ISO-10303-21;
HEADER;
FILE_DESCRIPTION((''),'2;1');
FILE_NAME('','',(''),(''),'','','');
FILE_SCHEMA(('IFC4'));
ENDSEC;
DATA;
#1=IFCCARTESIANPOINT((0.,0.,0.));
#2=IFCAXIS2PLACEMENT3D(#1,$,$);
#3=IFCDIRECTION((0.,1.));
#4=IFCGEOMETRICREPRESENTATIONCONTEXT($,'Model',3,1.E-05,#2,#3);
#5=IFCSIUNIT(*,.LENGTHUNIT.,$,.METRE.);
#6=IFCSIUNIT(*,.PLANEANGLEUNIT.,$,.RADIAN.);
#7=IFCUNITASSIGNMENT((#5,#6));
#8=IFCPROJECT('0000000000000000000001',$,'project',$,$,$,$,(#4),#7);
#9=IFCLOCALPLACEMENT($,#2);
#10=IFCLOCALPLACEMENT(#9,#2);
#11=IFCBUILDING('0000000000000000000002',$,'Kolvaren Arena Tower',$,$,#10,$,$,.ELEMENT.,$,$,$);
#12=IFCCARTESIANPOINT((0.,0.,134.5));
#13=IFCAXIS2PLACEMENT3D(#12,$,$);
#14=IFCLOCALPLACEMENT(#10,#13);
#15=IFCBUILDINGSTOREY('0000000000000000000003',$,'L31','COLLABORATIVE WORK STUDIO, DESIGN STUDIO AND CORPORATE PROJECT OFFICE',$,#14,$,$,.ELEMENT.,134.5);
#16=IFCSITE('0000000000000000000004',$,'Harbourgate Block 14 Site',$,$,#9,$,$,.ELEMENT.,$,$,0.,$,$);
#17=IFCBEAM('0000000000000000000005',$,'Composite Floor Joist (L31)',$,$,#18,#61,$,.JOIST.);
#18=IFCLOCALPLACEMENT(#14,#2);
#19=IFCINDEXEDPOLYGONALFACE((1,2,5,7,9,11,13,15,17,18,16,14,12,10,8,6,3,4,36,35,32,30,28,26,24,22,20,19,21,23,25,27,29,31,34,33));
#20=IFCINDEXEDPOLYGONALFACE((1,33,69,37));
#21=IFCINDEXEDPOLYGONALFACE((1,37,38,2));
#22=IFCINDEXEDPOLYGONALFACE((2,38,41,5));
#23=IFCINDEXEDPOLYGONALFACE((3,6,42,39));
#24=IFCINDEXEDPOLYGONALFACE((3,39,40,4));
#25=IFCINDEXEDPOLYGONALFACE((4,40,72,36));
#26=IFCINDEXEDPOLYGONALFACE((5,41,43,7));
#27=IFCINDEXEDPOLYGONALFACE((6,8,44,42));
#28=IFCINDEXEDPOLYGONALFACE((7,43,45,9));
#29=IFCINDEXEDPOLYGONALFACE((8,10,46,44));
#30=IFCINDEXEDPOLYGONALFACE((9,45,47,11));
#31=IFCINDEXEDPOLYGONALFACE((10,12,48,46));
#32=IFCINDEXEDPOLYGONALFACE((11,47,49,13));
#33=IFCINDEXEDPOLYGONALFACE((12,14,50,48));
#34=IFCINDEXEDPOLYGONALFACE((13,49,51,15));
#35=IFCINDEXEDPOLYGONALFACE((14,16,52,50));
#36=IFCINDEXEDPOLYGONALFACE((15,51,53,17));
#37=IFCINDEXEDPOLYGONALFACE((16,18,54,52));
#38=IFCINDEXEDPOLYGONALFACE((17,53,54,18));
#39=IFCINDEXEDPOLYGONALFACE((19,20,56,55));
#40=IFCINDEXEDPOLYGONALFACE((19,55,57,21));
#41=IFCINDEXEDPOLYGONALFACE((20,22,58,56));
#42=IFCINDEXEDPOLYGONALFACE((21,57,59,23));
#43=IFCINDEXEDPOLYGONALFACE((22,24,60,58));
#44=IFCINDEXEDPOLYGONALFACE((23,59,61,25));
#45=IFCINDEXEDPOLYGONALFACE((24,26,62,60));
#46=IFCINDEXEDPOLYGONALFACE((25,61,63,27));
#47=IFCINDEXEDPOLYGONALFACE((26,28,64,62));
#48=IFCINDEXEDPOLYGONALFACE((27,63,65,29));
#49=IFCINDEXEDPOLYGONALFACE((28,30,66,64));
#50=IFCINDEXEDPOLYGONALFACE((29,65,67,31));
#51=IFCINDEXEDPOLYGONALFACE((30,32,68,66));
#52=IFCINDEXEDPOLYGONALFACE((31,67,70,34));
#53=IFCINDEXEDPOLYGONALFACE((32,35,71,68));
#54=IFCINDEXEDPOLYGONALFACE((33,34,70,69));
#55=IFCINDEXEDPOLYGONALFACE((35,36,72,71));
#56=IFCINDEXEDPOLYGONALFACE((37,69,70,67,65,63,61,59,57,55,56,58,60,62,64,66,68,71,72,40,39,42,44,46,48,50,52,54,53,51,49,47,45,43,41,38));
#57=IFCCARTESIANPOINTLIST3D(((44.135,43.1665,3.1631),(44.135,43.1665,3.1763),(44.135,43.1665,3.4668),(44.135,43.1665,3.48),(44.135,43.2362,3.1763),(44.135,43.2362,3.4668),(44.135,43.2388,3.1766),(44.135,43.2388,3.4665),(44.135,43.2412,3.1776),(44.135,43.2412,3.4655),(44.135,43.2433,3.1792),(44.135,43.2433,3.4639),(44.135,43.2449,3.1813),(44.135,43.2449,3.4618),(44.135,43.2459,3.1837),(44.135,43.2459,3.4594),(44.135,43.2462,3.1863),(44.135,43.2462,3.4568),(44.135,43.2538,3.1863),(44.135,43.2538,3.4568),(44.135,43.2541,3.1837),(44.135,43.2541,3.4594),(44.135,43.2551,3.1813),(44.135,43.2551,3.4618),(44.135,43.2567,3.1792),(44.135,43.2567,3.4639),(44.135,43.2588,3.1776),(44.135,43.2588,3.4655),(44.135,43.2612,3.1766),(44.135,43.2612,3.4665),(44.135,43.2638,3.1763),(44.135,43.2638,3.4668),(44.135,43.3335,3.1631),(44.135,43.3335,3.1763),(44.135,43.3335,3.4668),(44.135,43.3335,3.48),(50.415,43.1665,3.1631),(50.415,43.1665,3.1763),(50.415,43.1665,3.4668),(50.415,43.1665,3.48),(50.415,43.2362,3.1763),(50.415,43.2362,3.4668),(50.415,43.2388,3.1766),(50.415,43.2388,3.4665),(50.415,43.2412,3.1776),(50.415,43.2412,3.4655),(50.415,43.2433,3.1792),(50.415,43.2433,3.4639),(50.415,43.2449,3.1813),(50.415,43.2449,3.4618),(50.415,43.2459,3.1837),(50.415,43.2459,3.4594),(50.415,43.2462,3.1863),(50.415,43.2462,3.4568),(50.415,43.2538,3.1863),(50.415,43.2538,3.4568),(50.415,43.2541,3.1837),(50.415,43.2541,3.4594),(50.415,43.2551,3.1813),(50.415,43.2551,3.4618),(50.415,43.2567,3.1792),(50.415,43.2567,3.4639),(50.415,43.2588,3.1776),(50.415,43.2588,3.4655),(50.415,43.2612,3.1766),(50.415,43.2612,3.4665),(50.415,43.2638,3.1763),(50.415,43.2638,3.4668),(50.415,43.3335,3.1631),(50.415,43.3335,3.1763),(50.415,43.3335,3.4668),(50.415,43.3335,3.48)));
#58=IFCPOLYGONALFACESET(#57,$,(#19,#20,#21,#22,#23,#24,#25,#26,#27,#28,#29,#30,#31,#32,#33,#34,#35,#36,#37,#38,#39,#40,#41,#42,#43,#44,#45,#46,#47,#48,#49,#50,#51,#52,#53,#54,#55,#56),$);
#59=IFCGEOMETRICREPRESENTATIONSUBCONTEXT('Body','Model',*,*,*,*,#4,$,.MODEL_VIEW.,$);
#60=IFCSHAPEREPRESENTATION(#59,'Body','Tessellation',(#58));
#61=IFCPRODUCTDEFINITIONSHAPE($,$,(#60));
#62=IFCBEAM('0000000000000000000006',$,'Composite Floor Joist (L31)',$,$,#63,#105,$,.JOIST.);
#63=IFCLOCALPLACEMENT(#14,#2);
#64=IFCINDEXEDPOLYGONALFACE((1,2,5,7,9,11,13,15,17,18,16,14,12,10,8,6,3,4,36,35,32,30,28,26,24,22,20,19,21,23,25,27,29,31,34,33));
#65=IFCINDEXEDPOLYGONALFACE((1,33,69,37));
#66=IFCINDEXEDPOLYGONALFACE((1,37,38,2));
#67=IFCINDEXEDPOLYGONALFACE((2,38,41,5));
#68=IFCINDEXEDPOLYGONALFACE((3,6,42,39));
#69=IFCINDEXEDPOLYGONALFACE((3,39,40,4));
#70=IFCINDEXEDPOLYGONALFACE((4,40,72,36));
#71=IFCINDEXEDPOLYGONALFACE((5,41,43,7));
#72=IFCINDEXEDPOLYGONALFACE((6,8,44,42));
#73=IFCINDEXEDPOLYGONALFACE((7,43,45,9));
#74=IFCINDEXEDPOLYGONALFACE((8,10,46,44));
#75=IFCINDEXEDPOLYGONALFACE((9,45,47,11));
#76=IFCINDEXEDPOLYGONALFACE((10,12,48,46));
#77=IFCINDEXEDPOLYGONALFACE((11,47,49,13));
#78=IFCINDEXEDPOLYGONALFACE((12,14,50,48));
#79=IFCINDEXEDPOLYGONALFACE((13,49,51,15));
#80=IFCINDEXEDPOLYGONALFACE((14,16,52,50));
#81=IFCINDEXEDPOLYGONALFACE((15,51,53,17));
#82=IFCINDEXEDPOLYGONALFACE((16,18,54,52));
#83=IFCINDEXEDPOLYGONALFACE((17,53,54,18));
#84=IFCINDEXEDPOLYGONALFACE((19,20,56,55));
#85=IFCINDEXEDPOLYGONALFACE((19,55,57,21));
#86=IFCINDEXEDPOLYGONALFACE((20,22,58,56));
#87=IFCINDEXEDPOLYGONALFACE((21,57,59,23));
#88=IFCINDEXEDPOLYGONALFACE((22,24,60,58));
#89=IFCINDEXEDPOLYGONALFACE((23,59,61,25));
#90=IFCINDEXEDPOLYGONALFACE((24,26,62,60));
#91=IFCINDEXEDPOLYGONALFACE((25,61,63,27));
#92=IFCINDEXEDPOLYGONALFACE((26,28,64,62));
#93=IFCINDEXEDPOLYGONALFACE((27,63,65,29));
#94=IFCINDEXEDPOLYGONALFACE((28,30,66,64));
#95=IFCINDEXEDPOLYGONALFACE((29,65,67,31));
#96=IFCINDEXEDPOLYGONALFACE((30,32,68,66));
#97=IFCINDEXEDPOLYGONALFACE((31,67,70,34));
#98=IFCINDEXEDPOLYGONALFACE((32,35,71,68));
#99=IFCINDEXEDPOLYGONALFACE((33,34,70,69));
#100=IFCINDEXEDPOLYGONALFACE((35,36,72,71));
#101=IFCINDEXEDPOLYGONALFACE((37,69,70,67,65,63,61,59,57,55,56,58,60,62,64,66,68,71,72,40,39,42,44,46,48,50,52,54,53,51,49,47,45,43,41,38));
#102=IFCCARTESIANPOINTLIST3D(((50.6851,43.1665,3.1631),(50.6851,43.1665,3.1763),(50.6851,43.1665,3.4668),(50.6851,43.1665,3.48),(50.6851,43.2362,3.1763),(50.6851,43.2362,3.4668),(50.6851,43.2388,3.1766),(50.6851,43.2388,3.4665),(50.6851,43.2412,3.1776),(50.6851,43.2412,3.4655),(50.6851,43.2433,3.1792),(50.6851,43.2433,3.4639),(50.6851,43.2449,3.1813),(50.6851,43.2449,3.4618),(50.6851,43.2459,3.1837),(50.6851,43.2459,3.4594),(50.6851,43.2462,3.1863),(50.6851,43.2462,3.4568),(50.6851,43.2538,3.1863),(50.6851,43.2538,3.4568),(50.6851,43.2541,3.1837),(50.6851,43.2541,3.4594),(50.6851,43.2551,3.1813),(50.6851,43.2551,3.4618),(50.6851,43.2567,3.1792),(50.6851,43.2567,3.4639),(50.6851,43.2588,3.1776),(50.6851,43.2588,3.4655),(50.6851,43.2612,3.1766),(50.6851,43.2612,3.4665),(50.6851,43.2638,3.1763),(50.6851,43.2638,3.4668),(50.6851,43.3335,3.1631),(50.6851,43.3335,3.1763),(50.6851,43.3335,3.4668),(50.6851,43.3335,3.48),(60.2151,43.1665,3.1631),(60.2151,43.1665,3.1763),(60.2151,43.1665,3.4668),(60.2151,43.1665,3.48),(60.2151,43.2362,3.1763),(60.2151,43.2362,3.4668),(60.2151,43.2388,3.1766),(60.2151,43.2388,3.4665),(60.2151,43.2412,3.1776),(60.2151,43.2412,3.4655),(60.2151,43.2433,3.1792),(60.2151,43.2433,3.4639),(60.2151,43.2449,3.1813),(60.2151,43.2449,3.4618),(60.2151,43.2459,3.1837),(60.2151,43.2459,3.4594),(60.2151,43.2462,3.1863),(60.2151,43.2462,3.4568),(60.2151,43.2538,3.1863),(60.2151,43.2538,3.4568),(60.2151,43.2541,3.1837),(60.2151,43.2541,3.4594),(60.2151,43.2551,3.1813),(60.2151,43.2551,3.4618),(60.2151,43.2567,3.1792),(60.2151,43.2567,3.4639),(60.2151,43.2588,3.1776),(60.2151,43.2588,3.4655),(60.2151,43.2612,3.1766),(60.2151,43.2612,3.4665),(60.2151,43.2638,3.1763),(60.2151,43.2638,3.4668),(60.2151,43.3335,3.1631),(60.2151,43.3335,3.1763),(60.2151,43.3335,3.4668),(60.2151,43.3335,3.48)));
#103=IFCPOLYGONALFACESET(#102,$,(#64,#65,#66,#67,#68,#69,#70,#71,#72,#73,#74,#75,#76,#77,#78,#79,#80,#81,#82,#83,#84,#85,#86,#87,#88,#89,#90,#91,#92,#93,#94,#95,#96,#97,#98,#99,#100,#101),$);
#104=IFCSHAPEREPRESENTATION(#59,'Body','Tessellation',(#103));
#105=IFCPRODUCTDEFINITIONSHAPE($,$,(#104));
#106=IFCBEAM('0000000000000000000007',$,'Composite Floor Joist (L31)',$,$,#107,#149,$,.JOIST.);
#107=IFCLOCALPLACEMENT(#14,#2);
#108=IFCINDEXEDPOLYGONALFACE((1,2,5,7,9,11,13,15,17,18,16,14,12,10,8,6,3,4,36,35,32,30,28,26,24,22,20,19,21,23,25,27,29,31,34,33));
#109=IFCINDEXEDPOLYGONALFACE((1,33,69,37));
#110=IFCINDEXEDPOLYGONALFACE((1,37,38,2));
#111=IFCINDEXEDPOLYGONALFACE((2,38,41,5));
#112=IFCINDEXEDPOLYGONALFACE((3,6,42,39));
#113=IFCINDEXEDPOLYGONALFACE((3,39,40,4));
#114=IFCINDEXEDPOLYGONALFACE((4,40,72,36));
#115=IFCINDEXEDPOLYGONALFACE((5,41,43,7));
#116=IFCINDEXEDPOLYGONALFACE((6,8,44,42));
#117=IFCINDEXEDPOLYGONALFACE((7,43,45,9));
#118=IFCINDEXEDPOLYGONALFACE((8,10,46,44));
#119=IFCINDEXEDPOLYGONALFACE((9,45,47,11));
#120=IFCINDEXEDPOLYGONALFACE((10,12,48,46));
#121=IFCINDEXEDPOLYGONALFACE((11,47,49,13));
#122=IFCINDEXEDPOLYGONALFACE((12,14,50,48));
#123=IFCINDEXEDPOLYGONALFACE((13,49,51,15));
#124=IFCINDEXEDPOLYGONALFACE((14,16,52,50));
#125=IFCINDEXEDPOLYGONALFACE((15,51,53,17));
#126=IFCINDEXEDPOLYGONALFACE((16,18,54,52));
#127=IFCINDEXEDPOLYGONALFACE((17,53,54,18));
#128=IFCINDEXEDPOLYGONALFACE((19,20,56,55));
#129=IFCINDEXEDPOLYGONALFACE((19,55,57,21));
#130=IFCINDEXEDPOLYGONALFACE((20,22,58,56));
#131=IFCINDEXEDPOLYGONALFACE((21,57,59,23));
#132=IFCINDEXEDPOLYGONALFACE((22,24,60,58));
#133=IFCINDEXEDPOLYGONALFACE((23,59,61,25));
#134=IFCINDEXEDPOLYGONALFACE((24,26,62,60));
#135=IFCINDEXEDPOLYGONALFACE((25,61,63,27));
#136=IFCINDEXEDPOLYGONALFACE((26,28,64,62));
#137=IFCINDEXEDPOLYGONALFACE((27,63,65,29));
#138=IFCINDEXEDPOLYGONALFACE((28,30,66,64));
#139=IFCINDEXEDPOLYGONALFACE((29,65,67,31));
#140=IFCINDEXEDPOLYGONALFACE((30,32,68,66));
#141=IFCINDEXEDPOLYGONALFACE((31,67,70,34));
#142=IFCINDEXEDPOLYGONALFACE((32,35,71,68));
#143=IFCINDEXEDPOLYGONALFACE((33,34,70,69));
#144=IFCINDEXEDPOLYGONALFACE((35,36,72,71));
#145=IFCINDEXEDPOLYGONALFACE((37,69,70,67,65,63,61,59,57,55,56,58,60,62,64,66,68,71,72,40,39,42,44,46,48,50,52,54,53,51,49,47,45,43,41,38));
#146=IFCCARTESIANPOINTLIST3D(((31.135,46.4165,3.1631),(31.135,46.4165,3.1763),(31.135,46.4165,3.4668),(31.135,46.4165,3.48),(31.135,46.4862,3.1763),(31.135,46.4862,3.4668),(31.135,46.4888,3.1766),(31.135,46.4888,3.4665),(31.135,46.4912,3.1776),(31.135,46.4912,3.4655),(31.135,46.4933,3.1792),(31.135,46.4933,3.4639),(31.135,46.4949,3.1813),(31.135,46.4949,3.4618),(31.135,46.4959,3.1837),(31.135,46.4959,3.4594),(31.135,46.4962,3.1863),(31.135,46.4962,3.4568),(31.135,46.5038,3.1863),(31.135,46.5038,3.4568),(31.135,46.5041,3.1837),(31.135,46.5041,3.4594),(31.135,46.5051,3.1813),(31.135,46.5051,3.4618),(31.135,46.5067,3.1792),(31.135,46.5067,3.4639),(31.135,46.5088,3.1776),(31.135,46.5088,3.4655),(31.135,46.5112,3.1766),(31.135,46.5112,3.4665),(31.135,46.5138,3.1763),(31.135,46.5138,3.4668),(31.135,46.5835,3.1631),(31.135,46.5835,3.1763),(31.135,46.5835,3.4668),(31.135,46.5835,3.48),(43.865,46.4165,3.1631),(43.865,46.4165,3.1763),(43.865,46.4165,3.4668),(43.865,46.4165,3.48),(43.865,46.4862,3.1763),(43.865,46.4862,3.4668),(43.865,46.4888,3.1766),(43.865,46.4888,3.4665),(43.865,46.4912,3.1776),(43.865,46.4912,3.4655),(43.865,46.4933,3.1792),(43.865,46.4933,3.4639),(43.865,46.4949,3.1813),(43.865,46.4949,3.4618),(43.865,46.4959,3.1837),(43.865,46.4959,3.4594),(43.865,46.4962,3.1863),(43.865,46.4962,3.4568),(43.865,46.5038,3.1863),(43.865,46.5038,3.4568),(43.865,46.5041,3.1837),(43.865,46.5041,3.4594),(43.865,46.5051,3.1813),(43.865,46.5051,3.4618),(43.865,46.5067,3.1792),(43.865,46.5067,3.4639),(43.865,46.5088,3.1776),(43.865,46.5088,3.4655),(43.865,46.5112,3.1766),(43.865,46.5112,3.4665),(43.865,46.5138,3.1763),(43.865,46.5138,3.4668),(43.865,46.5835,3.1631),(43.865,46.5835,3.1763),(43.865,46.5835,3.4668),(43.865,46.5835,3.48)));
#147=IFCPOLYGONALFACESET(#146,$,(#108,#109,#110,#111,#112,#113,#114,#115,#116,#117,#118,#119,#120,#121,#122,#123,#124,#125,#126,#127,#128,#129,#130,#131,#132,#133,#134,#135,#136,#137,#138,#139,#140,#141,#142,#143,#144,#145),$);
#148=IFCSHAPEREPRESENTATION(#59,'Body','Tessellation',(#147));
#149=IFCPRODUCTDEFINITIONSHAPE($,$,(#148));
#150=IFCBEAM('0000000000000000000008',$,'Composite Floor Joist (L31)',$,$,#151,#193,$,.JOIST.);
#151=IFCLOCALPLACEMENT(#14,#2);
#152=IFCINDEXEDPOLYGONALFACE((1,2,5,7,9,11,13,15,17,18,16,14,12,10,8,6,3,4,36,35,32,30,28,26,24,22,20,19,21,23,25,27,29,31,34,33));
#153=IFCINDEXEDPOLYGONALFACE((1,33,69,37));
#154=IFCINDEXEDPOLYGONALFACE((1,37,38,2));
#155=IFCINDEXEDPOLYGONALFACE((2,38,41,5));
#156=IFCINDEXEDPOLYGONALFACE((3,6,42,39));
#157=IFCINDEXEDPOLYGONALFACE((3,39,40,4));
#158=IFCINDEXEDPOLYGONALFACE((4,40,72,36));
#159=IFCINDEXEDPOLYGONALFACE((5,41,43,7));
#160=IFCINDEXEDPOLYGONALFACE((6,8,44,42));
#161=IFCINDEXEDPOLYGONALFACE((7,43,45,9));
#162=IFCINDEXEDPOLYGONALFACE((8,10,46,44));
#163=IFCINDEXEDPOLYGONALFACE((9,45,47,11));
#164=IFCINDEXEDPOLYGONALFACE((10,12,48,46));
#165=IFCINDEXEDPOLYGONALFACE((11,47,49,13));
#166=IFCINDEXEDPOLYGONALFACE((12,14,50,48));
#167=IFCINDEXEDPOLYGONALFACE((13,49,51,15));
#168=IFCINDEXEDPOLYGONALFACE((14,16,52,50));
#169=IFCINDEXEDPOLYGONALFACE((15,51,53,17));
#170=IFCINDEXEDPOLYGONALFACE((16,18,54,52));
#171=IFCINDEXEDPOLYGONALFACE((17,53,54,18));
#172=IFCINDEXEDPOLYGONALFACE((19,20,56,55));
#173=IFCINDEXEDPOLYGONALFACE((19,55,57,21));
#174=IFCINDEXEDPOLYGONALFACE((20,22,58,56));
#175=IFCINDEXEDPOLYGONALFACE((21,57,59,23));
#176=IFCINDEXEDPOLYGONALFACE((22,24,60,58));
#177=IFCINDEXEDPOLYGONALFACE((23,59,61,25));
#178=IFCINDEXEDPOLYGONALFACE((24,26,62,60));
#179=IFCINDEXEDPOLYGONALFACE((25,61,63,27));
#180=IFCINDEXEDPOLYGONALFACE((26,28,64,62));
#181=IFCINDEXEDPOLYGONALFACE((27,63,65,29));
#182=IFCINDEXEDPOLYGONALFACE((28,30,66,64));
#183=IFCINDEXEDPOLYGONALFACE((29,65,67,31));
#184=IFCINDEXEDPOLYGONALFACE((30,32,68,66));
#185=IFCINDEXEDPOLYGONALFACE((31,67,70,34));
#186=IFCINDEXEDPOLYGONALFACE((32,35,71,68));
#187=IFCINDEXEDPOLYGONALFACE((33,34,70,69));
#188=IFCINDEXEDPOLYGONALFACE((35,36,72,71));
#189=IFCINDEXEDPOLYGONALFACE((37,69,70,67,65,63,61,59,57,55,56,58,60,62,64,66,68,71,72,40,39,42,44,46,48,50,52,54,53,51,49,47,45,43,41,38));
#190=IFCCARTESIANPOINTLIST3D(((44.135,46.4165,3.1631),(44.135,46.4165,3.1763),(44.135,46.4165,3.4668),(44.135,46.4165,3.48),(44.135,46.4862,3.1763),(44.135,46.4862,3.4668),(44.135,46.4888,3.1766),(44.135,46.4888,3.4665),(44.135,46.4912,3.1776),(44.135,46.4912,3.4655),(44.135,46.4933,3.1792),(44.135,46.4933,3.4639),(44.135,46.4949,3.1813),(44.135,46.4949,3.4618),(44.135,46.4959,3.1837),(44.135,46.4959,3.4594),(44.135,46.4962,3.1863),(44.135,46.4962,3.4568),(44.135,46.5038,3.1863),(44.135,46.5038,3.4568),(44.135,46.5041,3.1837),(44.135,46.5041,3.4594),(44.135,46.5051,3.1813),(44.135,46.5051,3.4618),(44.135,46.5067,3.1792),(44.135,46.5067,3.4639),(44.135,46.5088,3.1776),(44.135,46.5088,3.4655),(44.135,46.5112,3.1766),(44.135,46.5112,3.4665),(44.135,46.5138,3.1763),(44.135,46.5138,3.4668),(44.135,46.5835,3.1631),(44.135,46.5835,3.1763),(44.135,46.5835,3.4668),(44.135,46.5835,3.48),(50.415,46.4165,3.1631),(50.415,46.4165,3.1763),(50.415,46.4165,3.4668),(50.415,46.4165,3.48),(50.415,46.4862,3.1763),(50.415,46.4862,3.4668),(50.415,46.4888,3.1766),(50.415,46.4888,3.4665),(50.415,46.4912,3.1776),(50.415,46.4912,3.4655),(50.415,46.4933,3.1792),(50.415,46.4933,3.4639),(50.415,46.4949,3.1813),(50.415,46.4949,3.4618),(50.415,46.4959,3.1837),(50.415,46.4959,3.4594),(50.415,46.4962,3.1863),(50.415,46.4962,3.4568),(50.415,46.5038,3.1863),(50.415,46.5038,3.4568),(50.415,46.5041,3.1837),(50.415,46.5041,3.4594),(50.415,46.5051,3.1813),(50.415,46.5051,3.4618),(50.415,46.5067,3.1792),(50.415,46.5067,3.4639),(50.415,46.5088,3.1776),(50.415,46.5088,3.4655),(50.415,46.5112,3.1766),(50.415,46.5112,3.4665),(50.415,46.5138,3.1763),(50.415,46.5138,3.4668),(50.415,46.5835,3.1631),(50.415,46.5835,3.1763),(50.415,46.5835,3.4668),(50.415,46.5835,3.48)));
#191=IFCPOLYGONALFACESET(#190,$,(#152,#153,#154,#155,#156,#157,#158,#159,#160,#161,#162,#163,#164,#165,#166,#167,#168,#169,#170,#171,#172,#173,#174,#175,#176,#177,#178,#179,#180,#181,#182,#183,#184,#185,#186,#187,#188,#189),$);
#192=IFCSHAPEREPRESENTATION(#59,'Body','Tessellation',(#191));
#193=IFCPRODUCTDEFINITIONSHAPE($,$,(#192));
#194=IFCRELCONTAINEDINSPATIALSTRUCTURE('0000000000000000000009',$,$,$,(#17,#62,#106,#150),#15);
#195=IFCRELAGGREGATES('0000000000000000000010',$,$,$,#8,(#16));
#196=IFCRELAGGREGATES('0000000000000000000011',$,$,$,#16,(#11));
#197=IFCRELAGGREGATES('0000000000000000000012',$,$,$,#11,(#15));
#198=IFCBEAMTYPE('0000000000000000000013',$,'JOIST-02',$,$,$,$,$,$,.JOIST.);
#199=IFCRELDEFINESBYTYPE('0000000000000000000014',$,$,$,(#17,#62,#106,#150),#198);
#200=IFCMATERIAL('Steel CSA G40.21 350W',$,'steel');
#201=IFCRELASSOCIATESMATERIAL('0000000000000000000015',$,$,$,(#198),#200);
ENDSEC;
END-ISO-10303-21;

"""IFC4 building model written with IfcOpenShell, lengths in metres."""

from ifc_helpers import new_model, si_unit, direction, frame, origin, origin_2d, place, context, subcontext, project, spatial, i_section, extrude, material, material_profile, profile_set, type_object, element, save


model = new_model("IFC4")

# Units and contexts
model_context = context("Model", 3, precision=1e-05, world=origin(), true_north=direction((0.0, 1.0)))
body_context = subcontext(model_context, "Body", "Model", "MODEL_VIEW")
ifc_project = project(units=[si_unit("LENGTHUNIT", "METRE"), si_unit("PLANEANGLEUNIT", "RADIAN")], contexts=[model_context])

# Site, building, storey
site_placement = place(None, origin())
site = spatial("IfcSite", under=ifc_project, at=site_placement, Name="Harbourgate Block 14 Site", CompositionType="ELEMENT", RefElevation=0.0)
building_placement = place(site_placement, origin())
building = spatial("IfcBuilding", under=site, at=building_placement, Name="Kolvaren Arena Tower", CompositionType="ELEMENT")
storey_placement = place(building_placement, frame((0.0, 0.0, 134.5)))
storey = spatial("IfcBuildingStorey", under=building, at=storey_placement, Name="L31", Description="COLLABORATIVE WORK STUDIO, DESIGN STUDIO AND CORPORATE PROJECT OFFICE", CompositionType="ELEMENT", Elevation=134.5)

# Beams
ifc_material_1 = material(Name="Steel CSA G40.21 350W", Category="steel")
ifc_material_profile_1 = material_profile(ifc_material_1, i_section(OverallWidth=0.167, OverallDepth=0.3169, WebThickness=0.0076, FlangeThickness=0.0132, FilletRadius=0.01, at=origin_2d()), Name="W310x52")
ifc_profile_set_1 = profile_set([ifc_material_profile_1], Name="Steel CSA G40.21 350W")
beam_type_1 = type_object("IfcBeamType", Name="JOIST-02", PredefinedType="JOIST", material=ifc_profile_set_1)
beam_1_placement = place(storey_placement, frame((44.135, 43.25, 3.3215), z_axis=(1.0, 0.0, 0.0), x_axis=(0.0, 1.0, 0.0)))
element("IfcBeam", 1, at=beam_1_placement, inside=storey, type_object=beam_type_1, Name="Composite Floor Joist (L31)", PredefinedType="JOIST", context=body_context, shape_type="SweptSolid", body=[
    extrude(i_section(OverallWidth=0.167, OverallDepth=0.3169, WebThickness=0.0076, FlangeThickness=0.0132, FilletRadius=0.01, at=origin_2d()), origin(), (0.0, 0.0, 1.0), 6.28),
])
beam_2_placement = place(storey_placement, frame((50.6851, 43.25, 3.3215), z_axis=(1.0, 0.0, 0.0), x_axis=(0.0, 1.0, 0.0)))
element("IfcBeam", 2, at=beam_2_placement, inside=storey, type_object=beam_type_1, Name="Composite Floor Joist (L31)", PredefinedType="JOIST", context=body_context, shape_type="SweptSolid", body=[
    extrude(i_section(OverallWidth=0.167, OverallDepth=0.3169, WebThickness=0.0076, FlangeThickness=0.0132, FilletRadius=0.01, at=origin_2d()), origin(), (0.0, 0.0, 1.0), 9.53),
])
beam_3_placement = place(storey_placement, frame((31.135, 46.5, 3.3215), z_axis=(1.0, 0.0, 0.0), x_axis=(0.0, 1.0, 0.0)))
element("IfcBeam", 3, at=beam_3_placement, inside=storey, type_object=beam_type_1, Name="Composite Floor Joist (L31)", PredefinedType="JOIST", context=body_context, shape_type="SweptSolid", body=[
    extrude(i_section(OverallWidth=0.167, OverallDepth=0.3169, WebThickness=0.0076, FlangeThickness=0.0132, FilletRadius=0.01, at=origin_2d()), origin(), (0.0, 0.0, 1.0), 12.73),
])
beam_4_placement = place(storey_placement, frame((44.135, 46.5, 3.3215), z_axis=(1.0, 0.0, 0.0), x_axis=(0.0, 1.0, 0.0)))
element("IfcBeam", 4, at=beam_4_placement, inside=storey, type_object=beam_type_1, Name="Composite Floor Joist (L31)", PredefinedType="JOIST", context=body_context, shape_type="SweptSolid", body=[
    extrude(i_section(OverallWidth=0.167, OverallDepth=0.3169, WebThickness=0.0076, FlangeThickness=0.0132, FilletRadius=0.01, at=origin_2d()), origin(), (0.0, 0.0, 1.0), 6.28),
])

save(model, "model.ifc")
